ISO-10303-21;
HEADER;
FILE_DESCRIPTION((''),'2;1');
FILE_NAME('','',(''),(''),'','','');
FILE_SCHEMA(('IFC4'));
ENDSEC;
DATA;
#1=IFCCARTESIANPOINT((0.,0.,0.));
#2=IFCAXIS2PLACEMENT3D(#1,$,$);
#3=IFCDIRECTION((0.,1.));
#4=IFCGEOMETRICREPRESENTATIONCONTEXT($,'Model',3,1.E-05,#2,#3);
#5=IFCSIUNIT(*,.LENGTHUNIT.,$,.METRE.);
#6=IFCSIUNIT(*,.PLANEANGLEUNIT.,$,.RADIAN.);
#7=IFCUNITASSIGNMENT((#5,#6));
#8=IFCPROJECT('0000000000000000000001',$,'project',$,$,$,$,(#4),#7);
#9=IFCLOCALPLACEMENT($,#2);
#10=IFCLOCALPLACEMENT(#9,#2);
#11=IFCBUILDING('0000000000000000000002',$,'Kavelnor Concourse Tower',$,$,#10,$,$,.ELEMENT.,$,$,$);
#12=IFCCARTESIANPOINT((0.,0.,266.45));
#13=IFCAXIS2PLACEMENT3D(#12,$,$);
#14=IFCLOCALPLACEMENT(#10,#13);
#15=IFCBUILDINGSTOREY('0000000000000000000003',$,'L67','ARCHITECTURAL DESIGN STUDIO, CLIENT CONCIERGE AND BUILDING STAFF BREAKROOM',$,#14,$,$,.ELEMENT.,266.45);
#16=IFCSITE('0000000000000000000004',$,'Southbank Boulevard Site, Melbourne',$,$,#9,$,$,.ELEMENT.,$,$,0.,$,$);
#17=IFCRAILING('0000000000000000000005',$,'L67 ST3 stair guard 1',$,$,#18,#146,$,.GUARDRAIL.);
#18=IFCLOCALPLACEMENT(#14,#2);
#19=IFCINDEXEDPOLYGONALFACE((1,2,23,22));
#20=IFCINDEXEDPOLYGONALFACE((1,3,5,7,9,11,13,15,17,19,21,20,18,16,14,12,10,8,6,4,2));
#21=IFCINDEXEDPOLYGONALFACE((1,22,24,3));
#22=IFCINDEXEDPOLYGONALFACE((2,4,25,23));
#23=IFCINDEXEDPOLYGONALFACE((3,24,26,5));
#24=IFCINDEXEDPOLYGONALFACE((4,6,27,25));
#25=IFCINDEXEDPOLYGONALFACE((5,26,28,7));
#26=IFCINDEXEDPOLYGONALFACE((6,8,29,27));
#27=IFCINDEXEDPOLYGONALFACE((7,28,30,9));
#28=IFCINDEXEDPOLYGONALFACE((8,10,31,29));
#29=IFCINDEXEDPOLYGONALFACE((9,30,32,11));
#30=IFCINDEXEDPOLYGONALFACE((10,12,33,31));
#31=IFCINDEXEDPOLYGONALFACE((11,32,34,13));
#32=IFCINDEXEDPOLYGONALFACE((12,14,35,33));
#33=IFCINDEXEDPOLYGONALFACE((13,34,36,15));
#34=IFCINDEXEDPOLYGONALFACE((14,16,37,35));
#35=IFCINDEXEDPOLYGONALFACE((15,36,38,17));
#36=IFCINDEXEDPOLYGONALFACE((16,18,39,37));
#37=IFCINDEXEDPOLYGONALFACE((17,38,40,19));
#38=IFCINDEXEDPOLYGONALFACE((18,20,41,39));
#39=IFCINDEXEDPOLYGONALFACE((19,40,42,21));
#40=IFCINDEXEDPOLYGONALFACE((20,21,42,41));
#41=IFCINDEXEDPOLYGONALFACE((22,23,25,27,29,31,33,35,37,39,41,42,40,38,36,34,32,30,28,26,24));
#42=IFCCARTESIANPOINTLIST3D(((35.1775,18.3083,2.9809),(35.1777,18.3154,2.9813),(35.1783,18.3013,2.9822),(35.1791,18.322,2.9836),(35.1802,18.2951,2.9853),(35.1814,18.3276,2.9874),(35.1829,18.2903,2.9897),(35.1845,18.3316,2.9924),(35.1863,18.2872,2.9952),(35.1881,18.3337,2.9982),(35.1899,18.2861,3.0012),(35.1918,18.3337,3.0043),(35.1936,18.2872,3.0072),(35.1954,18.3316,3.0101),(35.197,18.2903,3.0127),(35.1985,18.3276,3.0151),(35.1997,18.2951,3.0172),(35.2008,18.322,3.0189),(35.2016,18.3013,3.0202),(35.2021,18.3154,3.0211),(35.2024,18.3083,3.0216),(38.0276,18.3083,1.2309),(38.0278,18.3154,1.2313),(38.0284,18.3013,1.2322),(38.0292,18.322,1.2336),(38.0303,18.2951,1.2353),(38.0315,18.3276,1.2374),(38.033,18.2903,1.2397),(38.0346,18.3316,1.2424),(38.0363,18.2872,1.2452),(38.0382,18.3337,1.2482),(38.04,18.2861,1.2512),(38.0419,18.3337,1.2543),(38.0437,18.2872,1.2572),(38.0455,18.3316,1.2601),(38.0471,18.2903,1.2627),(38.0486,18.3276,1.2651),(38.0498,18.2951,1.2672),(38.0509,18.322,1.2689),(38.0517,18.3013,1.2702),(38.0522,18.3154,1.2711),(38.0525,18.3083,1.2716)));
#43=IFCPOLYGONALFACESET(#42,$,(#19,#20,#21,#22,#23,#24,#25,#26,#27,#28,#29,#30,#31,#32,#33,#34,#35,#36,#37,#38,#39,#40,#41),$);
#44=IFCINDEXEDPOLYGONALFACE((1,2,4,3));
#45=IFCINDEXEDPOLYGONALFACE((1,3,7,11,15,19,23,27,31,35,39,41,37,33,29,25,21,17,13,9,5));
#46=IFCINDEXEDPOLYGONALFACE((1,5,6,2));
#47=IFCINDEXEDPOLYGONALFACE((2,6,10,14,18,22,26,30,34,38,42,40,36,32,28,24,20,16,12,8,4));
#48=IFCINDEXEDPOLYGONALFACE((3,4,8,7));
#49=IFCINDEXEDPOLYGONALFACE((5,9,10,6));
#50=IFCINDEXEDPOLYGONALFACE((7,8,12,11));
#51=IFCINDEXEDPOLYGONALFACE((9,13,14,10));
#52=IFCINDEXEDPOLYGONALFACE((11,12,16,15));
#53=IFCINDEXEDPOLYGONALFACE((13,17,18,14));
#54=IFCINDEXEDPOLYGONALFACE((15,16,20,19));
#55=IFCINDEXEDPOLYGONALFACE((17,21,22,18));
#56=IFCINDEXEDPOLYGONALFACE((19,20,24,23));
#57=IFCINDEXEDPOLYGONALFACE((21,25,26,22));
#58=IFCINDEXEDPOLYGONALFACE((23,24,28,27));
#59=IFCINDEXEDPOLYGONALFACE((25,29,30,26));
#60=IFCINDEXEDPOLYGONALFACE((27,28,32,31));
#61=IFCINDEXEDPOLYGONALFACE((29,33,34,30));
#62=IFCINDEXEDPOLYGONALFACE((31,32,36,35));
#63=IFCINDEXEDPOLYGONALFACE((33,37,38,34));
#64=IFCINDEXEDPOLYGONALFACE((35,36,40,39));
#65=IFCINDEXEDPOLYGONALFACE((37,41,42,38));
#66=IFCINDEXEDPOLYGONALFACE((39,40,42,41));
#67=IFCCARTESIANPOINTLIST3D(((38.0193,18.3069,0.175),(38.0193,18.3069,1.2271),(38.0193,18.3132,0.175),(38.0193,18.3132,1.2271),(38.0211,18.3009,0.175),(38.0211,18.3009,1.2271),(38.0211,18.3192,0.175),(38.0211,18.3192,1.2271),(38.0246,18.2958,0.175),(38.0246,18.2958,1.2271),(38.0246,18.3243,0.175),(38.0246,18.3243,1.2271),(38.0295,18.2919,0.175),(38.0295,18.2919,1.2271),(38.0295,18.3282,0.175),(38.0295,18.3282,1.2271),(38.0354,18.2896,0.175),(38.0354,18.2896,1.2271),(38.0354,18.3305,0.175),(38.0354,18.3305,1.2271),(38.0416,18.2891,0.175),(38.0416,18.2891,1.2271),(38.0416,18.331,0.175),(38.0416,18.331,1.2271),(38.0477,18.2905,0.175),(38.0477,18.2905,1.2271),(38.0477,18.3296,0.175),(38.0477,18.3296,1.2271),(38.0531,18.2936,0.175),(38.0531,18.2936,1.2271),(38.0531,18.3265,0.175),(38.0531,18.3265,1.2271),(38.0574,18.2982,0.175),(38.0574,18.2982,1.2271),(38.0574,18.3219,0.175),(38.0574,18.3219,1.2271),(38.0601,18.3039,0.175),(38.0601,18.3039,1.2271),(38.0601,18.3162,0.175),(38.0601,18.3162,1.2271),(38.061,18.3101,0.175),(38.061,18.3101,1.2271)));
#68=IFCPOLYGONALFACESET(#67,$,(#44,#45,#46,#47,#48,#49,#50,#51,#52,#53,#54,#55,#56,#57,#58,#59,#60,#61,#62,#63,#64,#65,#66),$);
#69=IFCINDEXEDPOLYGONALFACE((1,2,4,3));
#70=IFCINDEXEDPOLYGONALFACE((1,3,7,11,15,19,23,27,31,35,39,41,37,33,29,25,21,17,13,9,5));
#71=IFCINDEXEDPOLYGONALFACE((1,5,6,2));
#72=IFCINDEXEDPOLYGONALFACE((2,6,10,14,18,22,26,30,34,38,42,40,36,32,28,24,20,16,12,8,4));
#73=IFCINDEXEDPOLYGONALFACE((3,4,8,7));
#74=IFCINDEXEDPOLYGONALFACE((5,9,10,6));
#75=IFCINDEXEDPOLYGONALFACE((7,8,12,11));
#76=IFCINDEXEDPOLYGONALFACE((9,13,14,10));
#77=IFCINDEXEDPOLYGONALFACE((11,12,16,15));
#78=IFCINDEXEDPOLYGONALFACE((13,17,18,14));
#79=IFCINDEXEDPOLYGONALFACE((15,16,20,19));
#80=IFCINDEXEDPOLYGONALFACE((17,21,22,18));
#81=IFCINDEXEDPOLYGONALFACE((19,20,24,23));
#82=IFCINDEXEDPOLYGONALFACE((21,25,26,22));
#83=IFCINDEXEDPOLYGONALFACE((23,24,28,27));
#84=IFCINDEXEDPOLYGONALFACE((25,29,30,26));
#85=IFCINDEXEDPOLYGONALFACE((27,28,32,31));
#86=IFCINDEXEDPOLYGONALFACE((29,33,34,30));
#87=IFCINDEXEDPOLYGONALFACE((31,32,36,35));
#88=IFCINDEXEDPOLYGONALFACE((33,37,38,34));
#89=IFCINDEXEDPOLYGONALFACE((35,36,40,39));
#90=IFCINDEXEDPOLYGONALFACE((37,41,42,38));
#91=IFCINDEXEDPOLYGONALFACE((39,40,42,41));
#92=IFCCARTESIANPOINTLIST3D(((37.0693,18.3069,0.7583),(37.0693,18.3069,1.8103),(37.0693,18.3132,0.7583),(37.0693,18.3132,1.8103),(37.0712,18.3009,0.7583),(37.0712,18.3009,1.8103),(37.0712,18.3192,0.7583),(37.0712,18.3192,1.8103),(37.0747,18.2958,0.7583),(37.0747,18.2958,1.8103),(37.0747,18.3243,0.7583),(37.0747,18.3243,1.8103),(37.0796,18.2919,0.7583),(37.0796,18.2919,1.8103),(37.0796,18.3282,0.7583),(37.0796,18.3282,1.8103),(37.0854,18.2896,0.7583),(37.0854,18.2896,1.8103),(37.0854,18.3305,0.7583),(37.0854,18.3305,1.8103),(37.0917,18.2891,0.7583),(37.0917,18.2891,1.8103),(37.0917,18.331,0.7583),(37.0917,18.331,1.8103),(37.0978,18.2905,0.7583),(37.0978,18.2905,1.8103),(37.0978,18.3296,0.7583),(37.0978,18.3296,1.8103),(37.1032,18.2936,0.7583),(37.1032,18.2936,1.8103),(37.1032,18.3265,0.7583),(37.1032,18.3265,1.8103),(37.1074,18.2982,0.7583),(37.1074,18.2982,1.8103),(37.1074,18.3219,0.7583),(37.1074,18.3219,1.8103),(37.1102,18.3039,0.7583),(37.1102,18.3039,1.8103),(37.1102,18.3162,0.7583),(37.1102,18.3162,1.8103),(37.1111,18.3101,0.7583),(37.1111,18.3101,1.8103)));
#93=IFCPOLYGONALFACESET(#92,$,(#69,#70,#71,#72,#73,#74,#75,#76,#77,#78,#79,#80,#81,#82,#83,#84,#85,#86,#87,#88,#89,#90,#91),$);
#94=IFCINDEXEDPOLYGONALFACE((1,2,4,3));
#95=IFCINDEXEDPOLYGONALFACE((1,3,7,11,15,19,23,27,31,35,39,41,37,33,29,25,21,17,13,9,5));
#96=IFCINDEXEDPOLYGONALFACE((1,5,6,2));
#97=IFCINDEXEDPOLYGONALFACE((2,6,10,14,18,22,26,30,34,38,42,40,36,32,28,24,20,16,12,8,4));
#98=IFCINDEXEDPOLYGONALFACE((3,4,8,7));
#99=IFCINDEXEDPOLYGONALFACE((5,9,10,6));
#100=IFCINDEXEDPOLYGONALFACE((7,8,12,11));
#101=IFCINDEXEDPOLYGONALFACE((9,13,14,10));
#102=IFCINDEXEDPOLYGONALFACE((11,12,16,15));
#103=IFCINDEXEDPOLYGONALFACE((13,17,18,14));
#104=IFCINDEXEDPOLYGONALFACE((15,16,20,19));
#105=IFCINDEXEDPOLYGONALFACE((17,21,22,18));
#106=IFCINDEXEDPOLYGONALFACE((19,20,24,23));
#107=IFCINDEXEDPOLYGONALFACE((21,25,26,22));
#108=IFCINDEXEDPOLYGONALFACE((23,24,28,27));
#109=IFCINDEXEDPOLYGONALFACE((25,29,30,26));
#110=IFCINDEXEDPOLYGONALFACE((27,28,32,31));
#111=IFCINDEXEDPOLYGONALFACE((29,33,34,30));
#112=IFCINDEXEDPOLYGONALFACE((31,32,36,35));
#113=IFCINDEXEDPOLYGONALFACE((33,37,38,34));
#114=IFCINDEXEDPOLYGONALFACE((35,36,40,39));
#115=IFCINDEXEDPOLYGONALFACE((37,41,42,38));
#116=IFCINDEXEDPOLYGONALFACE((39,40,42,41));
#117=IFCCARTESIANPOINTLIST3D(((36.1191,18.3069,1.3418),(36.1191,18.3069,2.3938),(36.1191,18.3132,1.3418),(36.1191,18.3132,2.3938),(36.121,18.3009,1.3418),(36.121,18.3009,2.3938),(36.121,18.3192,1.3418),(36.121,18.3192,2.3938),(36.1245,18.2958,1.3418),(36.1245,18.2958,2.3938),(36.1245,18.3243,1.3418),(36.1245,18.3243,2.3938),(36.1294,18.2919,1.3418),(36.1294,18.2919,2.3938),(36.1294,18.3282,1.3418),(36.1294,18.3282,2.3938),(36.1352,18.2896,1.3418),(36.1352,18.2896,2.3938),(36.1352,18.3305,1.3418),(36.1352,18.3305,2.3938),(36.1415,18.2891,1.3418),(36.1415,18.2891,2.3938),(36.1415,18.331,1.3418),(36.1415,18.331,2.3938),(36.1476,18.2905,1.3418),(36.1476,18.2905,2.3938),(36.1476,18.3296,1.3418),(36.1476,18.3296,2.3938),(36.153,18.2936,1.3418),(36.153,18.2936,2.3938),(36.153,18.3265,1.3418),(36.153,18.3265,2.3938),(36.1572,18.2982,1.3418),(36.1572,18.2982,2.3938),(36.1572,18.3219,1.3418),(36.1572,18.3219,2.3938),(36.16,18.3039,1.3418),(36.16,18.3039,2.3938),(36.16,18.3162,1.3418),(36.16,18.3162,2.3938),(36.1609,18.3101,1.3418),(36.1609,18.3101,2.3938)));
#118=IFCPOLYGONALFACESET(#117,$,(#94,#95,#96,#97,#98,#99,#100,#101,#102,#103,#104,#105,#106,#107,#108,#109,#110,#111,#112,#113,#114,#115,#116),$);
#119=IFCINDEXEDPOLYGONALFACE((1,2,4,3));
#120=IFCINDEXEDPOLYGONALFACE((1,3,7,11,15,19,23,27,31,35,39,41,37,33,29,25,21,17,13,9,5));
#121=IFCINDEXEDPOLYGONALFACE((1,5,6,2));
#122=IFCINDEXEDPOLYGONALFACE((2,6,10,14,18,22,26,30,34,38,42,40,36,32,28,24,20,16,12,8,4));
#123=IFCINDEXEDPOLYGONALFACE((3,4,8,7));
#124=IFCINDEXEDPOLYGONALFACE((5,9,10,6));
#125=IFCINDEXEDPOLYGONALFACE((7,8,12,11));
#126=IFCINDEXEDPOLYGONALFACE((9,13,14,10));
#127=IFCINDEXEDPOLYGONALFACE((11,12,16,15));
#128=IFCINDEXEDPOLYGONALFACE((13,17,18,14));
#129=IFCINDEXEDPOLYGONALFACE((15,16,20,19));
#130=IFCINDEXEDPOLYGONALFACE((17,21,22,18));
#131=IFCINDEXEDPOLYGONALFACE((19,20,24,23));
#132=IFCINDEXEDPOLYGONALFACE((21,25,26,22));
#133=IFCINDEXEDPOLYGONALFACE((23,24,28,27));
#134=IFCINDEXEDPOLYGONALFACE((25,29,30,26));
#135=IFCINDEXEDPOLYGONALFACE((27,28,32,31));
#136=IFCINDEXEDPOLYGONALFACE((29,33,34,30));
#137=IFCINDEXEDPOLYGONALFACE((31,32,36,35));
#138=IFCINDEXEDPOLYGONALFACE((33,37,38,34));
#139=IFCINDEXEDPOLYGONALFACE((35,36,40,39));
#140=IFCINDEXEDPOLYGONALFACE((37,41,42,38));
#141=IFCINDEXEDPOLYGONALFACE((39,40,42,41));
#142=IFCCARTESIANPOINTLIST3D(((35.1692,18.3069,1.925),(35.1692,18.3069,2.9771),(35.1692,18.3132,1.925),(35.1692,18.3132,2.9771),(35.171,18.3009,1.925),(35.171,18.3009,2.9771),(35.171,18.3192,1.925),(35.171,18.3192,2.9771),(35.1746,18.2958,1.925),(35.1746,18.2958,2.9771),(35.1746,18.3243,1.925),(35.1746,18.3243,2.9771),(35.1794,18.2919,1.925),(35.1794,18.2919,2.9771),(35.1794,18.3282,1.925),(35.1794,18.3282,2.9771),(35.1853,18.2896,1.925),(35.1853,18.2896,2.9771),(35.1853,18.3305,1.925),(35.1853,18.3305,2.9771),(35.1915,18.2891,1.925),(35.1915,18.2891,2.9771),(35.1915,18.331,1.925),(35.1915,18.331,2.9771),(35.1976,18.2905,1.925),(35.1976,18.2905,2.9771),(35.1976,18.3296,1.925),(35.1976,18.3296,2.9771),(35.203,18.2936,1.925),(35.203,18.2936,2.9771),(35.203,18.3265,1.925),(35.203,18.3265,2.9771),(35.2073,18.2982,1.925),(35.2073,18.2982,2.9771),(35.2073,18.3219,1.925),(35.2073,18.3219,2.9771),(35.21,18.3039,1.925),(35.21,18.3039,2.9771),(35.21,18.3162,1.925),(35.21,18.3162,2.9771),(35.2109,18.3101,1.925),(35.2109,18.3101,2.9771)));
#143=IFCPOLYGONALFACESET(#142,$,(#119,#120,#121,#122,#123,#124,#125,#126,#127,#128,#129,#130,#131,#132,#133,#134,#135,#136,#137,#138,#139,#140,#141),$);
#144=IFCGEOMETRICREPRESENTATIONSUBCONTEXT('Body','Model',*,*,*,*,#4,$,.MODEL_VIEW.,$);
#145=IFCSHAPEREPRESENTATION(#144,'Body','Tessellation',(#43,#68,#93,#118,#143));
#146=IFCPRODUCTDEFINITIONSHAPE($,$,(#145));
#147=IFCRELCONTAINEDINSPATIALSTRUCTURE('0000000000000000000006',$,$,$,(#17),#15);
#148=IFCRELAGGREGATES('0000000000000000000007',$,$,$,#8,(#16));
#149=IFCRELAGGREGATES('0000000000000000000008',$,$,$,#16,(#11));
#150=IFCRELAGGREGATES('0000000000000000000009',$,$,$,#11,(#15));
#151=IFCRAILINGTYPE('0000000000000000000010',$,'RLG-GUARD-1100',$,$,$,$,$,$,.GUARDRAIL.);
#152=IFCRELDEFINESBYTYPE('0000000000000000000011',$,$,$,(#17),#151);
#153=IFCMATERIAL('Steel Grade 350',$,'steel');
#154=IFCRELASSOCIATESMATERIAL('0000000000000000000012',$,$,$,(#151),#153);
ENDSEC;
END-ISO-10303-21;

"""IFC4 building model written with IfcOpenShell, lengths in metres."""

from ifc_helpers import new_model, si_unit, direction, frame, origin, origin_2d, place, context, subcontext, project, spatial, circle, extrude, material, type_object, element, save


model = new_model("IFC4")

# Units and contexts
model_context = context("Model", 3, precision=1e-05, world=origin(), true_north=direction((0.0, 1.0)))
body_context = subcontext(model_context, "Body", "Model", "MODEL_VIEW")
ifc_project = project(units=[si_unit("LENGTHUNIT", "METRE"), si_unit("PLANEANGLEUNIT", "RADIAN")], contexts=[model_context])

# Site, building, storey
site_placement = place(None, origin())
site = spatial("IfcSite", under=ifc_project, at=site_placement, Name="Southbank Boulevard Site, Melbourne", CompositionType="ELEMENT", RefElevation=0.0)
building_placement = place(site_placement, origin())
building = spatial("IfcBuilding", under=site, at=building_placement, Name="Kavelnor Concourse Tower", CompositionType="ELEMENT")
storey_placement = place(building_placement, frame((0.0, 0.0, 266.45)))
storey = spatial("IfcBuildingStorey", under=building, at=storey_placement, Name="L67", Description="ARCHITECTURAL DESIGN STUDIO, CLIENT CONCIERGE AND BUILDING STAFF BREAKROOM", CompositionType="ELEMENT", Elevation=266.45)

# Shared definitions
ifc_material_1 = material(Name="Steel Grade 350", Category="steel")

# Railing
railing_type_1 = type_object("IfcRailingType", Name="RLG-GUARD-1100", PredefinedType="GUARDRAIL", material=ifc_material_1)
railing_1_placement = place(storey_placement, frame((38.04, 18.3101, 0.175)))
element("IfcRailing", 1, at=railing_1_placement, inside=storey, type_object=railing_type_1, Name="L67 ST3 stair guard 1", PredefinedType="GUARDRAIL", context=body_context, shape_type="SweptSolid", body=[
    extrude(circle(Radius=0.0239, at=origin_2d()), frame((0.0, 0.0, 1.0762), z_axis=(-0.852179, 0.0, 0.52325), x_axis=(0.0, -1.0, 0.0)), (0.0, 0.0, 1.0), 3.3445),
    extrude(circle(Radius=0.021, at=origin_2d()), origin(), (0.0, 0.0, 1.0), 1.052),
    extrude(circle(Radius=0.021, at=origin_2d()), frame((-0.95, 0.0, 0.5833)), (0.0, 0.0, 1.0), 1.052),
    extrude(circle(Radius=0.021, at=origin_2d()), frame((-1.9001, 0.0, 1.1667)), (0.0, 0.0, 1.0), 1.052),
    extrude(circle(Radius=0.021, at=origin_2d()), frame((-2.8501, 0.0, 1.75)), (0.0, 0.0, 1.0), 1.052),
])

save(model, "model.ifc")
